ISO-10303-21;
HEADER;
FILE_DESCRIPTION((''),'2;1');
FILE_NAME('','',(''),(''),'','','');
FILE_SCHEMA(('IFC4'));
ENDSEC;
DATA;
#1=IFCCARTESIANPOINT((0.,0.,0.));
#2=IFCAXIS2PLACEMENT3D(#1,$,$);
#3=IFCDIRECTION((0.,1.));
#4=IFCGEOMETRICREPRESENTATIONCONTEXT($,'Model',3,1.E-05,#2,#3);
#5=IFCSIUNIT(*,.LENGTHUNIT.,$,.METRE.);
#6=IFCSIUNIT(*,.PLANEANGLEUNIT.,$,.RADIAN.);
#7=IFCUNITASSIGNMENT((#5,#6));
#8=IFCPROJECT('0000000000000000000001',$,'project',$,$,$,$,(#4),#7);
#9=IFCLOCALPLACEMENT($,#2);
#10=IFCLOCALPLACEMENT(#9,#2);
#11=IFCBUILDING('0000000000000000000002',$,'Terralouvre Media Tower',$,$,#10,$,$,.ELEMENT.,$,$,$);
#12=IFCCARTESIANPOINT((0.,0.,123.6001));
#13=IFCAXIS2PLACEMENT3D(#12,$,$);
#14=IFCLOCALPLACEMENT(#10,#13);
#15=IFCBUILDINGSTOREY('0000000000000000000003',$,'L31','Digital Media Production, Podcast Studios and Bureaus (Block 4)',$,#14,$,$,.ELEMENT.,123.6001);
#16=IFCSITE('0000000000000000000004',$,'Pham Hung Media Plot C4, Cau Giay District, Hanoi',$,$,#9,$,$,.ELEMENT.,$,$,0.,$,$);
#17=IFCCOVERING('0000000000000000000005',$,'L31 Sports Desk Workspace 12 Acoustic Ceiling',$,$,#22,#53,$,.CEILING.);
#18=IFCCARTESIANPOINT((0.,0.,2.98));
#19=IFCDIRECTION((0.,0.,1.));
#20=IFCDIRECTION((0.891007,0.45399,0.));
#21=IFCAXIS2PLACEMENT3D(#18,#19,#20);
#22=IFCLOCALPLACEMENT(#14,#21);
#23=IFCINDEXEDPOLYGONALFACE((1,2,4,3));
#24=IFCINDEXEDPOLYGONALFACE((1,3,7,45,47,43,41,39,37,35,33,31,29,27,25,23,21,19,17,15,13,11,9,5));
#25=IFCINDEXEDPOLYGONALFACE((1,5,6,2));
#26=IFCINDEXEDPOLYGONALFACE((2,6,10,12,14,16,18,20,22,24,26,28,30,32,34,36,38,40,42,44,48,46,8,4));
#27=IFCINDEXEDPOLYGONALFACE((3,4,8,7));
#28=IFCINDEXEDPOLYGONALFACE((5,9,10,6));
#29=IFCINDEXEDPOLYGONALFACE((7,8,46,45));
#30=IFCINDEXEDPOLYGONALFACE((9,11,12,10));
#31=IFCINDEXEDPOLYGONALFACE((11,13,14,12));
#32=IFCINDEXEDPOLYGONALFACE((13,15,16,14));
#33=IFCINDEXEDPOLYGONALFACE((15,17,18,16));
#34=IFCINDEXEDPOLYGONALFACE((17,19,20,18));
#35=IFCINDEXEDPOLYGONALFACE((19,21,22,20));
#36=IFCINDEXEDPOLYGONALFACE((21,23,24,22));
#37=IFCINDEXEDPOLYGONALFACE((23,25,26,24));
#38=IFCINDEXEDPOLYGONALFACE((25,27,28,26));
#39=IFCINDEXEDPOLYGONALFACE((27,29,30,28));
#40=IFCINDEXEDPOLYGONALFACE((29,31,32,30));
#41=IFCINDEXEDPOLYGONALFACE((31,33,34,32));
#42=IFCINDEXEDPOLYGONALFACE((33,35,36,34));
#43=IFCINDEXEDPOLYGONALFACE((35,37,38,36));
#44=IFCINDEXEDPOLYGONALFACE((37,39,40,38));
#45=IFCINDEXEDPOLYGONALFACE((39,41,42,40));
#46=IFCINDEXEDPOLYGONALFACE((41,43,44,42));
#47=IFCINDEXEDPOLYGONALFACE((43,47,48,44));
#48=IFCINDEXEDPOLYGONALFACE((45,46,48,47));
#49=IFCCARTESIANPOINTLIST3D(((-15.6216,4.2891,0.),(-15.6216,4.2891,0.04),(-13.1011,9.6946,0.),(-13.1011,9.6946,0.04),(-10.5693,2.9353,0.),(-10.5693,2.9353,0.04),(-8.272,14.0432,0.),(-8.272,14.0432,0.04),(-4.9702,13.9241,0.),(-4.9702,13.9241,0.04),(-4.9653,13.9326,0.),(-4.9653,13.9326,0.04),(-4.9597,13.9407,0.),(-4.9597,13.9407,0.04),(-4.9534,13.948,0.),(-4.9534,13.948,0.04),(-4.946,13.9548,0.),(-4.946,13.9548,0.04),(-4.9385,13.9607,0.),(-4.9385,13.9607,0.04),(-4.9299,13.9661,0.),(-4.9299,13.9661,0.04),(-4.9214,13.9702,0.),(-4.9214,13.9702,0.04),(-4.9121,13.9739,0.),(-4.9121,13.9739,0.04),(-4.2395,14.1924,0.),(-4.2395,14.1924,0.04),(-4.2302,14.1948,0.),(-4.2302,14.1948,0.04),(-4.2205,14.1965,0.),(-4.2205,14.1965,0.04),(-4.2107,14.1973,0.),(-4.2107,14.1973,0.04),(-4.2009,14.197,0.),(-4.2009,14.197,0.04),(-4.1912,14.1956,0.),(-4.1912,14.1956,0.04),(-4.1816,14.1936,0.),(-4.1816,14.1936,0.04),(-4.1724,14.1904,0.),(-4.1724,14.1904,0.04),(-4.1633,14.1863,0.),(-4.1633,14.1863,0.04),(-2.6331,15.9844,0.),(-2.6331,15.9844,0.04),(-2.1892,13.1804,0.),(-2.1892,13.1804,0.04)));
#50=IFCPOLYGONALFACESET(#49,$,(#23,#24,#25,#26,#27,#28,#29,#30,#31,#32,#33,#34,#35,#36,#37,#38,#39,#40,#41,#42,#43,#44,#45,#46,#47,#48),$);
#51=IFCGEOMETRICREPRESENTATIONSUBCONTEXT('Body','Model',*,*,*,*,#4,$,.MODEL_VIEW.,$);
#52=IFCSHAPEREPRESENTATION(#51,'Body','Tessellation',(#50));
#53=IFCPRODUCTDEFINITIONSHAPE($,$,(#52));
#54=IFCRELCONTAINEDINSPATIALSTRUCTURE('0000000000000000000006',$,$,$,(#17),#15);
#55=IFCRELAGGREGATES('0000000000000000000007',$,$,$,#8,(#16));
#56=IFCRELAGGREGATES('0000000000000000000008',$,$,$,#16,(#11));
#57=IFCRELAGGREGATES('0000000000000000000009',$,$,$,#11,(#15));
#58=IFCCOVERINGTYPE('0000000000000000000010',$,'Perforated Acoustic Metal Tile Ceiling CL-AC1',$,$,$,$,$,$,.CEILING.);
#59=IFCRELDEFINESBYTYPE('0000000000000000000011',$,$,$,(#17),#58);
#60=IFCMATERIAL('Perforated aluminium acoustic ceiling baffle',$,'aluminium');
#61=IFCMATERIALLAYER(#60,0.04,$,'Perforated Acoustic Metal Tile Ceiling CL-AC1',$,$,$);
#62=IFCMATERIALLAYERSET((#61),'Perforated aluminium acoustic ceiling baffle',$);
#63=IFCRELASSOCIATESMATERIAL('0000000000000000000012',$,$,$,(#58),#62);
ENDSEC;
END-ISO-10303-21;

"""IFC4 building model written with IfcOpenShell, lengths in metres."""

from ifc_helpers import new_model, si_unit, direction, frame, origin, place, context, subcontext, project, spatial, polyline, outline, extrude, material, layer, layer_set, type_object, element, save


model = new_model("IFC4")

# Units and contexts
model_context = context("Model", 3, precision=1e-05, world=origin(), true_north=direction((0.0, 1.0)))
body_context = subcontext(model_context, "Body", "Model", "MODEL_VIEW")
ifc_project = project(units=[si_unit("LENGTHUNIT", "METRE"), si_unit("PLANEANGLEUNIT", "RADIAN")], contexts=[model_context])

# Site, building, storey
site_placement = place(None, origin())
site = spatial("IfcSite", under=ifc_project, at=site_placement, Name="Pham Hung Media Plot C4, Cau Giay District, Hanoi", CompositionType="ELEMENT", RefElevation=0.0)
building_placement = place(site_placement, origin())
building = spatial("IfcBuilding", under=site, at=building_placement, Name="Terralouvre Media Tower", CompositionType="ELEMENT")
storey_placement = place(building_placement, frame((0.0, 0.0, 123.6001)))
storey = spatial("IfcBuildingStorey", under=building, at=storey_placement, Name="L31", Description="Digital Media Production, Podcast Studios and Bureaus (Block 4)", CompositionType="ELEMENT", Elevation=123.6001)

# Covering
ifc_material_1 = material(Name="Perforated aluminium acoustic ceiling baffle", Category="aluminium")
ifc_layer_1 = layer(ifc_material_1, 0.04, Name="Perforated Acoustic Metal Tile Ceiling CL-AC1")
ifc_layer_set_1 = layer_set([ifc_layer_1], Name="Perforated aluminium acoustic ceiling baffle")
covering_type_1 = type_object("IfcCoveringType", Name="Perforated Acoustic Metal Tile Ceiling CL-AC1", PredefinedType="CEILING", material=ifc_layer_set_1)
covering_1_placement = place(storey_placement, frame((0.0, 0.0, 2.98), z_axis=(0.0, 0.0, 1.0), x_axis=(0.891007, 0.45399, 0.0)))
element("IfcCovering", 1, at=covering_1_placement, inside=storey, type_object=covering_type_1, Name="L31 Sports Desk Workspace 12 Acoustic Ceiling", PredefinedType="CEILING", context=body_context, shape_type="SweptSolid", body=[
    extrude(outline(polyline([(-8.272, 14.0432), (-13.1011, 9.6946), (-15.6216, 4.2891), (-10.5693, 2.9353), (-4.9702, 13.9241), (-4.9653, 13.9326), (-4.9597, 13.9407), (-4.9534, 13.948), (-4.946, 13.9548), (-4.9385, 13.9607), (-4.9299, 13.9661), (-4.9214, 13.9702), (-4.9121, 13.9739), (-4.2395, 14.1924), (-4.2302, 14.1948), (-4.2205, 14.1965), (-4.2107, 14.1973), (-4.2009, 14.197), (-4.1912, 14.1956), (-4.1816, 14.1936), (-4.1724, 14.1904), (-4.1633, 14.1863), (-2.1892, 13.1804), (-2.6331, 15.9844), (-8.272, 14.0432)])), origin(), (0.0, 0.0, 1.0), 0.04),
])

save(model, "model.ifc")
